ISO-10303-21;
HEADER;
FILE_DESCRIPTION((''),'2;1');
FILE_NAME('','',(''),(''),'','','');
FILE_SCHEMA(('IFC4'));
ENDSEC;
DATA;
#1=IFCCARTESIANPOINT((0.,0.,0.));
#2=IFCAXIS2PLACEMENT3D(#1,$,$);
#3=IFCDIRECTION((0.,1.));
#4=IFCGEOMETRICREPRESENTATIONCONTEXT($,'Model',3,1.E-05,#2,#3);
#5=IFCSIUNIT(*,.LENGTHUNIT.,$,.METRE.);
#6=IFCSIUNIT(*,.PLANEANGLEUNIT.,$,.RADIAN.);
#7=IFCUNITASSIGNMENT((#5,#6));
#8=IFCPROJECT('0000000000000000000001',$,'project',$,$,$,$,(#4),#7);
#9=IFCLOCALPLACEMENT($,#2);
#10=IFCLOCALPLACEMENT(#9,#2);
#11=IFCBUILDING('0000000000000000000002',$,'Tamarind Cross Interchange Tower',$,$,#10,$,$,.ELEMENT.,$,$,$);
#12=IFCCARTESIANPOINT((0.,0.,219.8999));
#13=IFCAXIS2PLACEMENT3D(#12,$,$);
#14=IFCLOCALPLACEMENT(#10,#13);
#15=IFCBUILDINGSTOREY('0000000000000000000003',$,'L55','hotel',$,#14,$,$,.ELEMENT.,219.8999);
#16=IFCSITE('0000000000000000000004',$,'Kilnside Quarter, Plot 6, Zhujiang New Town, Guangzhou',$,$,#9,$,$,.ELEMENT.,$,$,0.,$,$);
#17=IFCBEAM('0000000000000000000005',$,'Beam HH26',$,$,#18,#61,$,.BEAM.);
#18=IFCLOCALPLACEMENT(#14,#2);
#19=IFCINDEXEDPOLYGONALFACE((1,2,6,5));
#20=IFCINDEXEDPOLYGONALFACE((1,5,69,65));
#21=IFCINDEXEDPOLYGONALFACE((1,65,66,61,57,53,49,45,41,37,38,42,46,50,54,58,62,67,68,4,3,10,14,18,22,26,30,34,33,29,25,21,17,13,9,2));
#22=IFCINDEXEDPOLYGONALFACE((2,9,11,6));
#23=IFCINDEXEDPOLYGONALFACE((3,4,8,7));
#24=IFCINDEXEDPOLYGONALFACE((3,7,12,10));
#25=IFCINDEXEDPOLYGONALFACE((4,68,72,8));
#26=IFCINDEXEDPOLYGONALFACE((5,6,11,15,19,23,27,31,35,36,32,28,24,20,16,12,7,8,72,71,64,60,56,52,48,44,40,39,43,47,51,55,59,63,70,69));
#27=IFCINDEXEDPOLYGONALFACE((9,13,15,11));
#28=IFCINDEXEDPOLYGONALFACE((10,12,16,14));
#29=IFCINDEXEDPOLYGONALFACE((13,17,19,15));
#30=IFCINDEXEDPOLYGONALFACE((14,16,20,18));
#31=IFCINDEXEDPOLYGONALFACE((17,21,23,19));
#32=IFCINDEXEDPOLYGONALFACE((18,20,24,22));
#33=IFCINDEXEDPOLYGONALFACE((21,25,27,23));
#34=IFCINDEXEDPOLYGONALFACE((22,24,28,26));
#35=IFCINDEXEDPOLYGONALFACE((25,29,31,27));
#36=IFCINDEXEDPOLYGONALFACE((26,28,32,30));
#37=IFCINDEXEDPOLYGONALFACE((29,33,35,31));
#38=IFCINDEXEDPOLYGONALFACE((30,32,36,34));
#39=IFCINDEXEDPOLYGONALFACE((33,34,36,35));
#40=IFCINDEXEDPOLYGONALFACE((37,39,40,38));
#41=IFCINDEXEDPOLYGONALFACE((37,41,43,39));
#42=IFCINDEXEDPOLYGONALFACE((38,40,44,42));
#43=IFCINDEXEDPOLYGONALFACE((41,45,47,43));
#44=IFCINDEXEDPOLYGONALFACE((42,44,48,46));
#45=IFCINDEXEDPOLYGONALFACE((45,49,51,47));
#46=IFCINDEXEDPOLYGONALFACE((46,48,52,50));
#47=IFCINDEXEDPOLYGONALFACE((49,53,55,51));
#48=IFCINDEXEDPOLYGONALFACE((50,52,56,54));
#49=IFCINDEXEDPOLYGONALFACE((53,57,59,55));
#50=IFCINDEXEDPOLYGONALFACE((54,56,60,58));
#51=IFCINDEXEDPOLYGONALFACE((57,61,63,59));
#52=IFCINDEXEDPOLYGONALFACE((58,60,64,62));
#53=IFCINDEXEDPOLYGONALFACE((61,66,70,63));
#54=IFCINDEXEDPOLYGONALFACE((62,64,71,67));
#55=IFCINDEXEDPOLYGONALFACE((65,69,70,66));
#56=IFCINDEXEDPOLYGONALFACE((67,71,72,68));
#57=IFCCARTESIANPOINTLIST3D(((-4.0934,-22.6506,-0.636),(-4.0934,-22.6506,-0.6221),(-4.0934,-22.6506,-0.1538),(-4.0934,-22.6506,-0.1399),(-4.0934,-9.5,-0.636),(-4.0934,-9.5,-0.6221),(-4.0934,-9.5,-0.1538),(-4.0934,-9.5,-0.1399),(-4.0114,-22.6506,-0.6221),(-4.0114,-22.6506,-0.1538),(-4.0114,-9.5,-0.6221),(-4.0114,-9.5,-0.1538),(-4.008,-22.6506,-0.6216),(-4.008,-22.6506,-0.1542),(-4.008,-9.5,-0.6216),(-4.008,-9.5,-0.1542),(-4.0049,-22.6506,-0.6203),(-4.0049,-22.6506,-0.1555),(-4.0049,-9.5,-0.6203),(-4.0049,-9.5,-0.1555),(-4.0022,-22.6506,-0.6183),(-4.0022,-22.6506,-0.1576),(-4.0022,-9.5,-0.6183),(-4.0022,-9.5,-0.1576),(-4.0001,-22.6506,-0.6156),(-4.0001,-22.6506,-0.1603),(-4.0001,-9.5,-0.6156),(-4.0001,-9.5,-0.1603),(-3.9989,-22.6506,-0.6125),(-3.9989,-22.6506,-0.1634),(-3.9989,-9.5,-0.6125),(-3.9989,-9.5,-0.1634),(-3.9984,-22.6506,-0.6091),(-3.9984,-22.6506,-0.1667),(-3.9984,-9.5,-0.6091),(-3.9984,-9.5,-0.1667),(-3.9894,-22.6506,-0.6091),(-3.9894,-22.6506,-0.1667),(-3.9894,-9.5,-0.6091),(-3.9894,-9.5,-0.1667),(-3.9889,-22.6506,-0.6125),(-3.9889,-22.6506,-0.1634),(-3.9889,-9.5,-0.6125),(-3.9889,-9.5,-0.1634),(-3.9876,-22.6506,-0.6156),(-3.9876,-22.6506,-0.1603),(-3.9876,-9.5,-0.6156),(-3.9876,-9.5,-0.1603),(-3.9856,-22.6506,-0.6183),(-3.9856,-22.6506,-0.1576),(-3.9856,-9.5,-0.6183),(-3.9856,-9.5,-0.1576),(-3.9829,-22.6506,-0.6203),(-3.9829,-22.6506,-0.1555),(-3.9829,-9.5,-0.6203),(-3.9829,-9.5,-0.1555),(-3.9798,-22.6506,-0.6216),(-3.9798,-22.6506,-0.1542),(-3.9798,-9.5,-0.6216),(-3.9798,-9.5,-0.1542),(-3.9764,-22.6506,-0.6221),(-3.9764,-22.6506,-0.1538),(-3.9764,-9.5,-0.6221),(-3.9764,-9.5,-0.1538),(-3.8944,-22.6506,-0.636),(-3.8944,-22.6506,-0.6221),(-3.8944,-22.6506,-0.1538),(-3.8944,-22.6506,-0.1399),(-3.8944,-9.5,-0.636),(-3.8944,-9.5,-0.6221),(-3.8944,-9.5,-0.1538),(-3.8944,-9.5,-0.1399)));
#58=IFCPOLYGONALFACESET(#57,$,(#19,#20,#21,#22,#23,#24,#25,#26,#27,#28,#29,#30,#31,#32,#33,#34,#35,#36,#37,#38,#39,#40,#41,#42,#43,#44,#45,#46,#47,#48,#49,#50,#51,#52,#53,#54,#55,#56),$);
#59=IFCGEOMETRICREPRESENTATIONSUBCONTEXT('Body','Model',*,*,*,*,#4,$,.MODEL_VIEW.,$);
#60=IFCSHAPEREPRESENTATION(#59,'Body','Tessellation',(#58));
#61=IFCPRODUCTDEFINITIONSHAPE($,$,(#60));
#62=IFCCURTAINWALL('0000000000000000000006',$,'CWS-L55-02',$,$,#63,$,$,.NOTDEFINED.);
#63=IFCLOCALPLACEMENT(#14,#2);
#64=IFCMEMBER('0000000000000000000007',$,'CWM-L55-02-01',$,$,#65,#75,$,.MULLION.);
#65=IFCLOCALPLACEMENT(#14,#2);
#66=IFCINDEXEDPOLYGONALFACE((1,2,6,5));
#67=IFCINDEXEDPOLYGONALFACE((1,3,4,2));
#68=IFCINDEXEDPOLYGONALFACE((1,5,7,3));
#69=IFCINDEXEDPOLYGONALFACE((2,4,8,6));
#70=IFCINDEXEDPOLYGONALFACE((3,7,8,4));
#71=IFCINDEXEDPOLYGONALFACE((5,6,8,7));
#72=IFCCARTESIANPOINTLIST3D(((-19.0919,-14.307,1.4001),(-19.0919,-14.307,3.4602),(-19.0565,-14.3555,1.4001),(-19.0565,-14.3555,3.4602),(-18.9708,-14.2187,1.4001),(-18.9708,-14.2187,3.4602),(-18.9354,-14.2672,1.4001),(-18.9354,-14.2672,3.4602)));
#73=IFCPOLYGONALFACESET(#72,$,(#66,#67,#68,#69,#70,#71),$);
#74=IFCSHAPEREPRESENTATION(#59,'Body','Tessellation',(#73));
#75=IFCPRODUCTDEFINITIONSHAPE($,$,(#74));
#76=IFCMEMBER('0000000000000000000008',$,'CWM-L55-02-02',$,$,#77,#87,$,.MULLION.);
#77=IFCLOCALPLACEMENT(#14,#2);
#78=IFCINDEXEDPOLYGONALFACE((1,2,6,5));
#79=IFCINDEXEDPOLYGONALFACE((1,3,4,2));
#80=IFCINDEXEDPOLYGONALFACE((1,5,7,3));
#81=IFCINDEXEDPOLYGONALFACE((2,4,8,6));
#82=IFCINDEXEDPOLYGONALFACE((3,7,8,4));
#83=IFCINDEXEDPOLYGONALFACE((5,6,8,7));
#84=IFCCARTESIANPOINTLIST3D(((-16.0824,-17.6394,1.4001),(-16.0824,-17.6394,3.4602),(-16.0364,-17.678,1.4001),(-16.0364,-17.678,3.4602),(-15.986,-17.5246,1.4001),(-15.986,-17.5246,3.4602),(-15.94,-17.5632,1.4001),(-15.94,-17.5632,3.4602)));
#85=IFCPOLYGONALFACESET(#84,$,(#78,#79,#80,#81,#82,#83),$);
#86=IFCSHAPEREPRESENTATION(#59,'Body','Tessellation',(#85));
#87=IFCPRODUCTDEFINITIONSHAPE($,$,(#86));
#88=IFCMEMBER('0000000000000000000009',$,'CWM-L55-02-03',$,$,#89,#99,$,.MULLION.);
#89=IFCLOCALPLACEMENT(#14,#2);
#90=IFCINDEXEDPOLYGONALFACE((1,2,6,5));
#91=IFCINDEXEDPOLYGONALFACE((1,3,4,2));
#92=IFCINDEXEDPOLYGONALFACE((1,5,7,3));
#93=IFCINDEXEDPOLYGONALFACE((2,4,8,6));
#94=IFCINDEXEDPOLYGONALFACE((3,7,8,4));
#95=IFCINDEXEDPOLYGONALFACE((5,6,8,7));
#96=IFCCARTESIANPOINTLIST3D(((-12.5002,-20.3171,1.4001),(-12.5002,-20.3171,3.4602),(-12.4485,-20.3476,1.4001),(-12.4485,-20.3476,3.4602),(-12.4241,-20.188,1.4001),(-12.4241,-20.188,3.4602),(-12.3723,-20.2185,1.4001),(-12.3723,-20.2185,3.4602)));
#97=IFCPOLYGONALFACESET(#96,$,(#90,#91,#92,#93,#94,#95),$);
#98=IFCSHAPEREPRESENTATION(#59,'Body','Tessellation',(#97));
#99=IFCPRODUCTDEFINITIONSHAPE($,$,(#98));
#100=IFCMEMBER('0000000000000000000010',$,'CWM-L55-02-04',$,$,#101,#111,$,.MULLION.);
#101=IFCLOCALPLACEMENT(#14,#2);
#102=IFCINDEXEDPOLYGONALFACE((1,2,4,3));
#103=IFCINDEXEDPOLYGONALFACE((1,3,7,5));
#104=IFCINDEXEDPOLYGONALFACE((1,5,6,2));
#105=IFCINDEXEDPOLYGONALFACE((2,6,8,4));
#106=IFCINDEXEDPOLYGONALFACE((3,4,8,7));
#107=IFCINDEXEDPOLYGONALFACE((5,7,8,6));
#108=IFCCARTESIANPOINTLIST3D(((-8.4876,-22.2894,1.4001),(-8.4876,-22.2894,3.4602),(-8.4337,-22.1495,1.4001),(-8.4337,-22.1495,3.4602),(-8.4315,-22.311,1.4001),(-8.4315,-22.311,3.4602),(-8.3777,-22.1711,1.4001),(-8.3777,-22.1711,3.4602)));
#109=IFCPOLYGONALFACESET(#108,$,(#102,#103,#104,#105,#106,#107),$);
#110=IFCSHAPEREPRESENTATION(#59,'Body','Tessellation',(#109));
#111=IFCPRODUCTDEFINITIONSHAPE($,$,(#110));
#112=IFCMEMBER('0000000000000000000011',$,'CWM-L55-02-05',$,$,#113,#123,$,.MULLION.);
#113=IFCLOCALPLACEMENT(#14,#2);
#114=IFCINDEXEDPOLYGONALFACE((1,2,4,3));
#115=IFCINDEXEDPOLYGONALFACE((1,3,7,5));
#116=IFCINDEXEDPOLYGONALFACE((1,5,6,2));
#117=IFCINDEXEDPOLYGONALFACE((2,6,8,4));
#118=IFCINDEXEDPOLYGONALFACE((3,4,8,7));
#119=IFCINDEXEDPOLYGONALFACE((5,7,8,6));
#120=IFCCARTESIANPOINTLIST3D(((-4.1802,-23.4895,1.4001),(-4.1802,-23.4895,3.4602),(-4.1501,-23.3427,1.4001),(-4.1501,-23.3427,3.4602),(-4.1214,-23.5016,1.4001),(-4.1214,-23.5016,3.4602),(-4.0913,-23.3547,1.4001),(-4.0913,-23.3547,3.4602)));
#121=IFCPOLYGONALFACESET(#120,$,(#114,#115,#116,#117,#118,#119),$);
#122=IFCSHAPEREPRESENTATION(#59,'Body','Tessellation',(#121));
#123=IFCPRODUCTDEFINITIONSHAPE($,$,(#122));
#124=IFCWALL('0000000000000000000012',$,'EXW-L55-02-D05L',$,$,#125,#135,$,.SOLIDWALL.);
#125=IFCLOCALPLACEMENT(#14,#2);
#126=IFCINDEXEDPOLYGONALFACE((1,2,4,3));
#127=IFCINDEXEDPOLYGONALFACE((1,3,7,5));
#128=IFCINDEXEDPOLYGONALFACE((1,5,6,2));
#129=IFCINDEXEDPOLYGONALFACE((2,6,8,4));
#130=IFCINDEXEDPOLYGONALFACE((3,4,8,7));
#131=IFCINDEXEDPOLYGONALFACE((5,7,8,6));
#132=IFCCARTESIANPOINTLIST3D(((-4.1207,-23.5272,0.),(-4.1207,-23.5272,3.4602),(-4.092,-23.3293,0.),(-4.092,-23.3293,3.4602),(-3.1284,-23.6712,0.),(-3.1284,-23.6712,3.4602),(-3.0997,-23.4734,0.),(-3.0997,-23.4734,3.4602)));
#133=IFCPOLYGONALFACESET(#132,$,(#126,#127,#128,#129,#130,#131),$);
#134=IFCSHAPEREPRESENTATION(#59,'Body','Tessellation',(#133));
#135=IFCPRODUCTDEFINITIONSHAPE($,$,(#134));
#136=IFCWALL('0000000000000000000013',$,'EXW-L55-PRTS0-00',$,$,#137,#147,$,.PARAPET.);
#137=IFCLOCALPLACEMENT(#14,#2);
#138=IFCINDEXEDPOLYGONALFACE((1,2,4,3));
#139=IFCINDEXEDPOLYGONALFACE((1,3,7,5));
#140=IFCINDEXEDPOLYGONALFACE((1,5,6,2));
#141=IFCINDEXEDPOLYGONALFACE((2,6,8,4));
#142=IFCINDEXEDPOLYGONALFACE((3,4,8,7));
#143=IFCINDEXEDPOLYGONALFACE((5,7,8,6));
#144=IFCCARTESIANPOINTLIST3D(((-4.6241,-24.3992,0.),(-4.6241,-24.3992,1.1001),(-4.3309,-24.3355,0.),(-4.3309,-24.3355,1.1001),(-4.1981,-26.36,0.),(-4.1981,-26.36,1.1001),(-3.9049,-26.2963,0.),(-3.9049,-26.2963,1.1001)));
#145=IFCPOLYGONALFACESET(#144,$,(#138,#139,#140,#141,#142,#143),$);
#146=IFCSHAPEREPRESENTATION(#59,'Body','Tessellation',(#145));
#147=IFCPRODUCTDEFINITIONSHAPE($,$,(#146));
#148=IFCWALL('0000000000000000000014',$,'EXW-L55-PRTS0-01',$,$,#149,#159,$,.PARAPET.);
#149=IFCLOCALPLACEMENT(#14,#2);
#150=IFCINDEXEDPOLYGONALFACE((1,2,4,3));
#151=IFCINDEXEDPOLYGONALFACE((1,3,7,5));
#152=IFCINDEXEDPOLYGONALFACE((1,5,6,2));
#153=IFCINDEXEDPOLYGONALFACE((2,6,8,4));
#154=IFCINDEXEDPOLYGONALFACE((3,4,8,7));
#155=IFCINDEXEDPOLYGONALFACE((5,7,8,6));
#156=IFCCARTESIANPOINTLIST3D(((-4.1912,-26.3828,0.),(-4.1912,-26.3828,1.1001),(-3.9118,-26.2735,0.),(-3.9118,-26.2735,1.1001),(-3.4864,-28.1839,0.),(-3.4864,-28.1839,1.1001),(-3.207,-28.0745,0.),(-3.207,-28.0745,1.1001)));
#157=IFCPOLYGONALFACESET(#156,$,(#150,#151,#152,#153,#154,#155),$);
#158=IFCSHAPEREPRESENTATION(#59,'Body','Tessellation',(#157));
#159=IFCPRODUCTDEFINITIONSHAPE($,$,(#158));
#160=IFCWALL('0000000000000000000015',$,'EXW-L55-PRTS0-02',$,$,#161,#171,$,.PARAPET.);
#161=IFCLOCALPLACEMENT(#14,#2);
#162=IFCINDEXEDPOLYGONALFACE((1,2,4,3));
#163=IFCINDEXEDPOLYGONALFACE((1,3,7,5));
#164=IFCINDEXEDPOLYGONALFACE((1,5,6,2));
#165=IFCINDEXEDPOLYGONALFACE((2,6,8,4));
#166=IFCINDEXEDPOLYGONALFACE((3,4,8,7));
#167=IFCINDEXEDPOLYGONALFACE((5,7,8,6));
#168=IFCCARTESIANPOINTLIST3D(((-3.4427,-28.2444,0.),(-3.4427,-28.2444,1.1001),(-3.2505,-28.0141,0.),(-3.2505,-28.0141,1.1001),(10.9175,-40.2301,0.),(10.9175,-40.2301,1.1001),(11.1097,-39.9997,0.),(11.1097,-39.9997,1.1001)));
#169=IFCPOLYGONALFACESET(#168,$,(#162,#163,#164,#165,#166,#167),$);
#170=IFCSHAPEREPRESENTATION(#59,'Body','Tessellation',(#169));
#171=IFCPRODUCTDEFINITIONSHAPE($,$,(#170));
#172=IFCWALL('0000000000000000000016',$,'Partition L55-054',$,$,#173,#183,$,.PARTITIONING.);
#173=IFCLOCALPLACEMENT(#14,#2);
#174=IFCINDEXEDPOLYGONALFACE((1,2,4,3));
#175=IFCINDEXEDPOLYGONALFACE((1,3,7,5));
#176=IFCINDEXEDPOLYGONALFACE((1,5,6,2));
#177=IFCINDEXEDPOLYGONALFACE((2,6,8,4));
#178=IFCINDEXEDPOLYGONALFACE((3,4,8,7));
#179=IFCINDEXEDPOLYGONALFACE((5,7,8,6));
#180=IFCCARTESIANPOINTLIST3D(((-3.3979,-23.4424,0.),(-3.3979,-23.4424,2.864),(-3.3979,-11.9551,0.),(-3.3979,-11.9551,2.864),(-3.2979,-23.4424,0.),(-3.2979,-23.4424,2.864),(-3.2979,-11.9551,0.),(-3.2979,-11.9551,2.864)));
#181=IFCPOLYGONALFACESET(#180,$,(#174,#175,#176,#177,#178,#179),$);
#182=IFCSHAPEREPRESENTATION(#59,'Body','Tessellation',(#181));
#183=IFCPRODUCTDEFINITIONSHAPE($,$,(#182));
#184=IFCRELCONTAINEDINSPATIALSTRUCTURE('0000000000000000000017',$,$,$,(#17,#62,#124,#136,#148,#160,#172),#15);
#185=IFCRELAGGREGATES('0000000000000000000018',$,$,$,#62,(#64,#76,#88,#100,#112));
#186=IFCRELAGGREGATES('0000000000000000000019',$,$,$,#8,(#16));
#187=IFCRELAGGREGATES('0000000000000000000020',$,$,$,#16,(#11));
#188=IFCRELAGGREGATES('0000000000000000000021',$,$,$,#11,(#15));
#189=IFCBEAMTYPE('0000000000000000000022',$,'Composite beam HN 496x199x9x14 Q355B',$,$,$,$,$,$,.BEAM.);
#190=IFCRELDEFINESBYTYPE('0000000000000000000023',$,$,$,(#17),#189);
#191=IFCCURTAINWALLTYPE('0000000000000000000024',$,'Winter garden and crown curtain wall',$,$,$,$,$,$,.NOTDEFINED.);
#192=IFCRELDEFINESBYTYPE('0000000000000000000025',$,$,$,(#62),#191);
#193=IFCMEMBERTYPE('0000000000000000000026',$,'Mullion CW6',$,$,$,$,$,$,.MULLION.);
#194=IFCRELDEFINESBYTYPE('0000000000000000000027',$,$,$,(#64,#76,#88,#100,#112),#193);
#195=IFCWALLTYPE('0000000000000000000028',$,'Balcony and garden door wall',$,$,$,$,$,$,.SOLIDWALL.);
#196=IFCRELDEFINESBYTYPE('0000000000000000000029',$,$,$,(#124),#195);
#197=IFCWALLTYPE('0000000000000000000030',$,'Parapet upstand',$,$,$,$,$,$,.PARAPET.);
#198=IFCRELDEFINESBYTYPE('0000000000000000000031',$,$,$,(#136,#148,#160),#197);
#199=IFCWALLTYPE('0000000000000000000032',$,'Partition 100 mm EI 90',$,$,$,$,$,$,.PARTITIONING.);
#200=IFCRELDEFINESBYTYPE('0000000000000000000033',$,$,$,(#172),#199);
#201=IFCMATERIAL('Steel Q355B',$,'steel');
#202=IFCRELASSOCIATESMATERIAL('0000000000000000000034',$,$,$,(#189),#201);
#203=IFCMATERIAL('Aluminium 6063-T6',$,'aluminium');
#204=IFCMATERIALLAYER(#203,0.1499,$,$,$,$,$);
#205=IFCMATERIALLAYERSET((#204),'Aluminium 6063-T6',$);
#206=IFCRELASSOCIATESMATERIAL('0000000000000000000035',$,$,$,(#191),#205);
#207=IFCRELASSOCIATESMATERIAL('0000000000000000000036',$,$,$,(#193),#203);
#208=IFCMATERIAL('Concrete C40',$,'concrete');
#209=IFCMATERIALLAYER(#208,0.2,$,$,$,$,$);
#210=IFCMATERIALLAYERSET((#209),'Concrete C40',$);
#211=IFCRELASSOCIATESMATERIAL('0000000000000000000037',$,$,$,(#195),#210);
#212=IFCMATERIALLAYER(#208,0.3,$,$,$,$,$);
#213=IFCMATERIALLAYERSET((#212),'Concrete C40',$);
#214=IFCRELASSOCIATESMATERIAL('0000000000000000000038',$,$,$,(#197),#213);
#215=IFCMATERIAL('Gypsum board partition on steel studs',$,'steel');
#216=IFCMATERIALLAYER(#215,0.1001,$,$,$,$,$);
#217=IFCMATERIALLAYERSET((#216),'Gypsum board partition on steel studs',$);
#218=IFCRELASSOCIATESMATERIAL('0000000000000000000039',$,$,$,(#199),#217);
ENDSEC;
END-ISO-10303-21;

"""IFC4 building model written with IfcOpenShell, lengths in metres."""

from ifc_helpers import new_model, si_unit, direction, frame, frame_2d, origin, origin_2d, place, context, subcontext, project, spatial, rectangle, i_section, extrude, material, layer, layer_set, material_profile, profile_set, type_object, element, aggregate, save


model = new_model("IFC4")

# Units and contexts
model_context = context("Model", 3, precision=1e-05, world=origin(), true_north=direction((0.0, 1.0)))
body_context = subcontext(model_context, "Body", "Model", "MODEL_VIEW")
ifc_project = project(units=[si_unit("LENGTHUNIT", "METRE"), si_unit("PLANEANGLEUNIT", "RADIAN")], contexts=[model_context])

# Site, building, storey
site_placement = place(None, origin())
site = spatial("IfcSite", under=ifc_project, at=site_placement, Name="Kilnside Quarter, Plot 6, Zhujiang New Town, Guangzhou", CompositionType="ELEMENT", RefElevation=0.0)
building_placement = place(site_placement, origin())
building = spatial("IfcBuilding", under=site, at=building_placement, Name="Tamarind Cross Interchange Tower", CompositionType="ELEMENT")
storey_placement = place(building_placement, frame((0.0, 0.0, 219.8999)))
storey = spatial("IfcBuildingStorey", under=building, at=storey_placement, Name="L55", Description="hotel", CompositionType="ELEMENT", Elevation=219.8999)

# Beam
ifc_material_1 = material(Name="Steel Q355B", Category="steel")
ifc_material_profile_1 = material_profile(ifc_material_1, i_section(OverallWidth=0.199, OverallDepth=0.4961, WebThickness=0.009, FlangeThickness=0.0139, FilletRadius=0.0129, at=origin_2d()), Name="HN 496x199x9x14")
ifc_profile_set_1 = profile_set([ifc_material_profile_1], Name="Steel Q355B")
beam_type = type_object("IfcBeamType", Name="Composite beam HN 496x199x9x14 Q355B", PredefinedType="BEAM", material=ifc_profile_set_1)
beam_1_placement = place(storey_placement, frame((-3.9939, -22.6506, -0.3879), z_axis=(0.0, 1.0, 0.0), x_axis=(-1.0, 0.0, 0.0)))
element("IfcBeam", 1, at=beam_1_placement, inside=storey, type_object=beam_type, Name="Beam HH26", PredefinedType="BEAM", context=body_context, shape_type="SweptSolid", body=[
    extrude(i_section(OverallWidth=0.199, OverallDepth=0.4961, WebThickness=0.009, FlangeThickness=0.0139, FilletRadius=0.0129, at=origin_2d()), origin(), (0.0, 0.0, 1.0), 13.1506),
])

# Curtain wall, members
ifc_material_2 = material(Name="Aluminium 6063-T6", Category="aluminium")
ifc_layer_1 = layer(ifc_material_2, 0.1499)
ifc_layer_set_1 = layer_set([ifc_layer_1], Name="Aluminium 6063-T6")
curtain_wall_type = type_object("IfcCurtainWallType", Name="Winter garden and crown curtain wall", PredefinedType="NOTDEFINED", material=ifc_layer_set_1)
curtain_wall_placement = place(storey_placement, origin())
curtain_wall = element("IfcCurtainWall", 2, at=curtain_wall_placement, inside=storey, type_object=curtain_wall_type, Name="CWS-L55-02", PredefinedType="NOTDEFINED")
ifc_material_profile_2 = material_profile(ifc_material_2, rectangle(XDim=0.0601, YDim=0.1499, at=origin_2d()), Name="Mullion CW6")
ifc_profile_set_2 = profile_set([ifc_material_profile_2], Name="Aluminium 6063-T6")
member_type = type_object("IfcMemberType", Name="Mullion CW6", PredefinedType="MULLION", material=ifc_profile_set_2)
member_1_placement = place(storey_placement, frame((-19.0137, -14.2871, 1.4001), z_axis=(0.0, 0.0, 1.0), x_axis=(0.589398, -0.807843, 0.0)))
member_1 = element("IfcMember", 3, at=member_1_placement, type_object=member_type, Name="CWM-L55-02-01", PredefinedType="MULLION", context=body_context, shape_type="SweptSolid", body=[
    extrude(rectangle(XDim=0.0601, YDim=0.1499, at=origin_2d()), origin(), (0.0, 0.0, 1.0), 2.0601),
])
member_2_placement = place(storey_placement, frame((-16.0112, -17.6013, 1.4001), z_axis=(0.0, 0.0, 1.0), x_axis=(0.765858, -0.643009, 0.0)))
member_2 = element("IfcMember", 4, at=member_2_placement, type_object=member_type, Name="CWM-L55-02-02", PredefinedType="MULLION", context=body_context, shape_type="SweptSolid", body=[
    extrude(rectangle(XDim=0.0601, YDim=0.1499, at=origin_2d()), origin(), (0.0, 0.0, 1.0), 2.0601),
])
member_3_placement = place(storey_placement, frame((-12.4363, -20.2678, 1.4001), z_axis=(0.0, 0.0, 1.0), x_axis=(0.861249, -0.508183, 0.0)))
member_3 = element("IfcMember", 5, at=member_3_placement, type_object=member_type, Name="CWM-L55-02-03", PredefinedType="MULLION", context=body_context, shape_type="SweptSolid", body=[
    extrude(rectangle(XDim=0.0601, YDim=0.1499, at=origin_2d()), origin(), (0.0, 0.0, 1.0), 2.0601),
])
member_4_placement = place(storey_placement, frame((-8.4326, -22.2302, 1.4001), z_axis=(0.0, 0.0, 1.0), x_axis=(0.933147, -0.359495, 0.0)))
member_4 = element("IfcMember", 6, at=member_4_placement, type_object=member_type, Name="CWM-L55-02-04", PredefinedType="MULLION", context=body_context, shape_type="SweptSolid", body=[
    extrude(rectangle(XDim=0.0601, YDim=0.1499, at=origin_2d()), origin(), (0.0, 0.0, 1.0), 2.0601),
])
member_5_placement = place(storey_placement, frame((-4.1357, -23.4221, 1.4001), z_axis=(0.0, 0.0, 1.0), x_axis=(0.979591, -0.201001, 0.0)))
member_5 = element("IfcMember", 7, at=member_5_placement, type_object=member_type, Name="CWM-L55-02-05", PredefinedType="MULLION", context=body_context, shape_type="SweptSolid", body=[
    extrude(rectangle(XDim=0.0601, YDim=0.1499, at=origin_2d()), origin(), (0.0, 0.0, 1.0), 2.0601),
])
aggregate(curtain_wall, [member_1, member_2, member_3, member_4, member_5])

# Wall
ifc_material_3 = material(Name="Concrete C40", Category="concrete")
ifc_layer_2 = layer(ifc_material_3, 0.2)
ifc_layer_set_2 = layer_set([ifc_layer_2], Name="Concrete C40")
wall_type_1 = type_object("IfcWallType", Name="Balcony and garden door wall", PredefinedType="SOLIDWALL", material=ifc_layer_set_2)
wall_1_placement = place(storey_placement, frame((-4.1064, -23.4282, 0.0), z_axis=(0.0, 0.0, 1.0), x_axis=(0.989626, -0.143671, 0.0)))
element("IfcWall", 8, at=wall_1_placement, inside=storey, type_object=wall_type_1, Name="EXW-L55-02-D05L", PredefinedType="SOLIDWALL", context=body_context, shape_type="SweptSolid", body=[
    extrude(rectangle(XDim=1.0027, YDim=0.2, at=frame_2d((0.5015, 0.0))), origin(), (0.0, 0.0, 1.0), 3.4602),
])

# Walls
ifc_layer_3 = layer(ifc_material_3, 0.3)
ifc_layer_set_3 = layer_set([ifc_layer_3], Name="Concrete C40")
wall_type_2 = type_object("IfcWallType", Name="Parapet upstand", PredefinedType="PARAPET", material=ifc_layer_set_3)
wall_2_placement = place(storey_placement, frame((-4.4775, -24.3672, 0.0), z_axis=(0.0, 0.0, 1.0), x_axis=(0.212303, -0.977204, 0.0)))
element("IfcWall", 9, at=wall_2_placement, inside=storey, type_object=wall_type_2, Name="EXW-L55-PRTS0-00", PredefinedType="PARAPET", context=body_context, shape_type="SweptSolid", body=[
    extrude(rectangle(XDim=2.0066, YDim=0.3, at=frame_2d((1.0034, 0.0))), origin(), (0.0, 0.0, 1.0), 1.1001),
])
wall_3_placement = place(storey_placement, frame((-4.0515, -26.3281, 0.0), z_axis=(0.0, 0.0, 1.0), x_axis=(0.364437, -0.931228, 0.0)))
element("IfcWall", 10, at=wall_3_placement, inside=storey, type_object=wall_type_2, Name="EXW-L55-PRTS0-01", PredefinedType="PARAPET", context=body_context, shape_type="SweptSolid", body=[
    extrude(rectangle(XDim=1.9341, YDim=0.3, at=frame_2d((0.967, 0.0))), origin(), (0.0, 0.0, 1.0), 1.1001),
])
wall_4_placement = place(storey_placement, frame((-3.3467, -28.1292, 0.0), z_axis=(0.0, 0.0, 1.0), x_axis=(0.767726, -0.640779, 0.0)))
element("IfcWall", 11, at=wall_4_placement, inside=storey, type_object=wall_type_2, Name="EXW-L55-PRTS0-02", PredefinedType="PARAPET", context=body_context, shape_type="SweptSolid", body=[
    extrude(rectangle(XDim=18.7048, YDim=0.3, at=frame_2d((9.3525, 0.0))), origin(), (0.0, 0.0, 1.0), 1.1001),
])
ifc_material_4 = material(Name="Gypsum board partition on steel studs", Category="steel")
ifc_layer_4 = layer(ifc_material_4, 0.1001)
ifc_layer_set_4 = layer_set([ifc_layer_4], Name="Gypsum board partition on steel studs")
wall_type_3 = type_object("IfcWallType", Name="Partition 100 mm EI 90", PredefinedType="PARTITIONING", material=ifc_layer_set_4)
wall_5_placement = place(storey_placement, frame((-3.3479, -23.4424, 0.0), z_axis=(0.0, 0.0, 1.0), x_axis=(0.0, 1.0, 0.0)))
element("IfcWall", 12, at=wall_5_placement, inside=storey, type_object=wall_type_3, Name="Partition L55-054", PredefinedType="PARTITIONING", context=body_context, shape_type="SweptSolid", body=[
    extrude(rectangle(XDim=11.4873, YDim=0.1001, at=frame_2d((5.7437, 0.0))), origin(), (0.0, 0.0, 1.0), 2.864),
])

save(model, "model.ifc")
